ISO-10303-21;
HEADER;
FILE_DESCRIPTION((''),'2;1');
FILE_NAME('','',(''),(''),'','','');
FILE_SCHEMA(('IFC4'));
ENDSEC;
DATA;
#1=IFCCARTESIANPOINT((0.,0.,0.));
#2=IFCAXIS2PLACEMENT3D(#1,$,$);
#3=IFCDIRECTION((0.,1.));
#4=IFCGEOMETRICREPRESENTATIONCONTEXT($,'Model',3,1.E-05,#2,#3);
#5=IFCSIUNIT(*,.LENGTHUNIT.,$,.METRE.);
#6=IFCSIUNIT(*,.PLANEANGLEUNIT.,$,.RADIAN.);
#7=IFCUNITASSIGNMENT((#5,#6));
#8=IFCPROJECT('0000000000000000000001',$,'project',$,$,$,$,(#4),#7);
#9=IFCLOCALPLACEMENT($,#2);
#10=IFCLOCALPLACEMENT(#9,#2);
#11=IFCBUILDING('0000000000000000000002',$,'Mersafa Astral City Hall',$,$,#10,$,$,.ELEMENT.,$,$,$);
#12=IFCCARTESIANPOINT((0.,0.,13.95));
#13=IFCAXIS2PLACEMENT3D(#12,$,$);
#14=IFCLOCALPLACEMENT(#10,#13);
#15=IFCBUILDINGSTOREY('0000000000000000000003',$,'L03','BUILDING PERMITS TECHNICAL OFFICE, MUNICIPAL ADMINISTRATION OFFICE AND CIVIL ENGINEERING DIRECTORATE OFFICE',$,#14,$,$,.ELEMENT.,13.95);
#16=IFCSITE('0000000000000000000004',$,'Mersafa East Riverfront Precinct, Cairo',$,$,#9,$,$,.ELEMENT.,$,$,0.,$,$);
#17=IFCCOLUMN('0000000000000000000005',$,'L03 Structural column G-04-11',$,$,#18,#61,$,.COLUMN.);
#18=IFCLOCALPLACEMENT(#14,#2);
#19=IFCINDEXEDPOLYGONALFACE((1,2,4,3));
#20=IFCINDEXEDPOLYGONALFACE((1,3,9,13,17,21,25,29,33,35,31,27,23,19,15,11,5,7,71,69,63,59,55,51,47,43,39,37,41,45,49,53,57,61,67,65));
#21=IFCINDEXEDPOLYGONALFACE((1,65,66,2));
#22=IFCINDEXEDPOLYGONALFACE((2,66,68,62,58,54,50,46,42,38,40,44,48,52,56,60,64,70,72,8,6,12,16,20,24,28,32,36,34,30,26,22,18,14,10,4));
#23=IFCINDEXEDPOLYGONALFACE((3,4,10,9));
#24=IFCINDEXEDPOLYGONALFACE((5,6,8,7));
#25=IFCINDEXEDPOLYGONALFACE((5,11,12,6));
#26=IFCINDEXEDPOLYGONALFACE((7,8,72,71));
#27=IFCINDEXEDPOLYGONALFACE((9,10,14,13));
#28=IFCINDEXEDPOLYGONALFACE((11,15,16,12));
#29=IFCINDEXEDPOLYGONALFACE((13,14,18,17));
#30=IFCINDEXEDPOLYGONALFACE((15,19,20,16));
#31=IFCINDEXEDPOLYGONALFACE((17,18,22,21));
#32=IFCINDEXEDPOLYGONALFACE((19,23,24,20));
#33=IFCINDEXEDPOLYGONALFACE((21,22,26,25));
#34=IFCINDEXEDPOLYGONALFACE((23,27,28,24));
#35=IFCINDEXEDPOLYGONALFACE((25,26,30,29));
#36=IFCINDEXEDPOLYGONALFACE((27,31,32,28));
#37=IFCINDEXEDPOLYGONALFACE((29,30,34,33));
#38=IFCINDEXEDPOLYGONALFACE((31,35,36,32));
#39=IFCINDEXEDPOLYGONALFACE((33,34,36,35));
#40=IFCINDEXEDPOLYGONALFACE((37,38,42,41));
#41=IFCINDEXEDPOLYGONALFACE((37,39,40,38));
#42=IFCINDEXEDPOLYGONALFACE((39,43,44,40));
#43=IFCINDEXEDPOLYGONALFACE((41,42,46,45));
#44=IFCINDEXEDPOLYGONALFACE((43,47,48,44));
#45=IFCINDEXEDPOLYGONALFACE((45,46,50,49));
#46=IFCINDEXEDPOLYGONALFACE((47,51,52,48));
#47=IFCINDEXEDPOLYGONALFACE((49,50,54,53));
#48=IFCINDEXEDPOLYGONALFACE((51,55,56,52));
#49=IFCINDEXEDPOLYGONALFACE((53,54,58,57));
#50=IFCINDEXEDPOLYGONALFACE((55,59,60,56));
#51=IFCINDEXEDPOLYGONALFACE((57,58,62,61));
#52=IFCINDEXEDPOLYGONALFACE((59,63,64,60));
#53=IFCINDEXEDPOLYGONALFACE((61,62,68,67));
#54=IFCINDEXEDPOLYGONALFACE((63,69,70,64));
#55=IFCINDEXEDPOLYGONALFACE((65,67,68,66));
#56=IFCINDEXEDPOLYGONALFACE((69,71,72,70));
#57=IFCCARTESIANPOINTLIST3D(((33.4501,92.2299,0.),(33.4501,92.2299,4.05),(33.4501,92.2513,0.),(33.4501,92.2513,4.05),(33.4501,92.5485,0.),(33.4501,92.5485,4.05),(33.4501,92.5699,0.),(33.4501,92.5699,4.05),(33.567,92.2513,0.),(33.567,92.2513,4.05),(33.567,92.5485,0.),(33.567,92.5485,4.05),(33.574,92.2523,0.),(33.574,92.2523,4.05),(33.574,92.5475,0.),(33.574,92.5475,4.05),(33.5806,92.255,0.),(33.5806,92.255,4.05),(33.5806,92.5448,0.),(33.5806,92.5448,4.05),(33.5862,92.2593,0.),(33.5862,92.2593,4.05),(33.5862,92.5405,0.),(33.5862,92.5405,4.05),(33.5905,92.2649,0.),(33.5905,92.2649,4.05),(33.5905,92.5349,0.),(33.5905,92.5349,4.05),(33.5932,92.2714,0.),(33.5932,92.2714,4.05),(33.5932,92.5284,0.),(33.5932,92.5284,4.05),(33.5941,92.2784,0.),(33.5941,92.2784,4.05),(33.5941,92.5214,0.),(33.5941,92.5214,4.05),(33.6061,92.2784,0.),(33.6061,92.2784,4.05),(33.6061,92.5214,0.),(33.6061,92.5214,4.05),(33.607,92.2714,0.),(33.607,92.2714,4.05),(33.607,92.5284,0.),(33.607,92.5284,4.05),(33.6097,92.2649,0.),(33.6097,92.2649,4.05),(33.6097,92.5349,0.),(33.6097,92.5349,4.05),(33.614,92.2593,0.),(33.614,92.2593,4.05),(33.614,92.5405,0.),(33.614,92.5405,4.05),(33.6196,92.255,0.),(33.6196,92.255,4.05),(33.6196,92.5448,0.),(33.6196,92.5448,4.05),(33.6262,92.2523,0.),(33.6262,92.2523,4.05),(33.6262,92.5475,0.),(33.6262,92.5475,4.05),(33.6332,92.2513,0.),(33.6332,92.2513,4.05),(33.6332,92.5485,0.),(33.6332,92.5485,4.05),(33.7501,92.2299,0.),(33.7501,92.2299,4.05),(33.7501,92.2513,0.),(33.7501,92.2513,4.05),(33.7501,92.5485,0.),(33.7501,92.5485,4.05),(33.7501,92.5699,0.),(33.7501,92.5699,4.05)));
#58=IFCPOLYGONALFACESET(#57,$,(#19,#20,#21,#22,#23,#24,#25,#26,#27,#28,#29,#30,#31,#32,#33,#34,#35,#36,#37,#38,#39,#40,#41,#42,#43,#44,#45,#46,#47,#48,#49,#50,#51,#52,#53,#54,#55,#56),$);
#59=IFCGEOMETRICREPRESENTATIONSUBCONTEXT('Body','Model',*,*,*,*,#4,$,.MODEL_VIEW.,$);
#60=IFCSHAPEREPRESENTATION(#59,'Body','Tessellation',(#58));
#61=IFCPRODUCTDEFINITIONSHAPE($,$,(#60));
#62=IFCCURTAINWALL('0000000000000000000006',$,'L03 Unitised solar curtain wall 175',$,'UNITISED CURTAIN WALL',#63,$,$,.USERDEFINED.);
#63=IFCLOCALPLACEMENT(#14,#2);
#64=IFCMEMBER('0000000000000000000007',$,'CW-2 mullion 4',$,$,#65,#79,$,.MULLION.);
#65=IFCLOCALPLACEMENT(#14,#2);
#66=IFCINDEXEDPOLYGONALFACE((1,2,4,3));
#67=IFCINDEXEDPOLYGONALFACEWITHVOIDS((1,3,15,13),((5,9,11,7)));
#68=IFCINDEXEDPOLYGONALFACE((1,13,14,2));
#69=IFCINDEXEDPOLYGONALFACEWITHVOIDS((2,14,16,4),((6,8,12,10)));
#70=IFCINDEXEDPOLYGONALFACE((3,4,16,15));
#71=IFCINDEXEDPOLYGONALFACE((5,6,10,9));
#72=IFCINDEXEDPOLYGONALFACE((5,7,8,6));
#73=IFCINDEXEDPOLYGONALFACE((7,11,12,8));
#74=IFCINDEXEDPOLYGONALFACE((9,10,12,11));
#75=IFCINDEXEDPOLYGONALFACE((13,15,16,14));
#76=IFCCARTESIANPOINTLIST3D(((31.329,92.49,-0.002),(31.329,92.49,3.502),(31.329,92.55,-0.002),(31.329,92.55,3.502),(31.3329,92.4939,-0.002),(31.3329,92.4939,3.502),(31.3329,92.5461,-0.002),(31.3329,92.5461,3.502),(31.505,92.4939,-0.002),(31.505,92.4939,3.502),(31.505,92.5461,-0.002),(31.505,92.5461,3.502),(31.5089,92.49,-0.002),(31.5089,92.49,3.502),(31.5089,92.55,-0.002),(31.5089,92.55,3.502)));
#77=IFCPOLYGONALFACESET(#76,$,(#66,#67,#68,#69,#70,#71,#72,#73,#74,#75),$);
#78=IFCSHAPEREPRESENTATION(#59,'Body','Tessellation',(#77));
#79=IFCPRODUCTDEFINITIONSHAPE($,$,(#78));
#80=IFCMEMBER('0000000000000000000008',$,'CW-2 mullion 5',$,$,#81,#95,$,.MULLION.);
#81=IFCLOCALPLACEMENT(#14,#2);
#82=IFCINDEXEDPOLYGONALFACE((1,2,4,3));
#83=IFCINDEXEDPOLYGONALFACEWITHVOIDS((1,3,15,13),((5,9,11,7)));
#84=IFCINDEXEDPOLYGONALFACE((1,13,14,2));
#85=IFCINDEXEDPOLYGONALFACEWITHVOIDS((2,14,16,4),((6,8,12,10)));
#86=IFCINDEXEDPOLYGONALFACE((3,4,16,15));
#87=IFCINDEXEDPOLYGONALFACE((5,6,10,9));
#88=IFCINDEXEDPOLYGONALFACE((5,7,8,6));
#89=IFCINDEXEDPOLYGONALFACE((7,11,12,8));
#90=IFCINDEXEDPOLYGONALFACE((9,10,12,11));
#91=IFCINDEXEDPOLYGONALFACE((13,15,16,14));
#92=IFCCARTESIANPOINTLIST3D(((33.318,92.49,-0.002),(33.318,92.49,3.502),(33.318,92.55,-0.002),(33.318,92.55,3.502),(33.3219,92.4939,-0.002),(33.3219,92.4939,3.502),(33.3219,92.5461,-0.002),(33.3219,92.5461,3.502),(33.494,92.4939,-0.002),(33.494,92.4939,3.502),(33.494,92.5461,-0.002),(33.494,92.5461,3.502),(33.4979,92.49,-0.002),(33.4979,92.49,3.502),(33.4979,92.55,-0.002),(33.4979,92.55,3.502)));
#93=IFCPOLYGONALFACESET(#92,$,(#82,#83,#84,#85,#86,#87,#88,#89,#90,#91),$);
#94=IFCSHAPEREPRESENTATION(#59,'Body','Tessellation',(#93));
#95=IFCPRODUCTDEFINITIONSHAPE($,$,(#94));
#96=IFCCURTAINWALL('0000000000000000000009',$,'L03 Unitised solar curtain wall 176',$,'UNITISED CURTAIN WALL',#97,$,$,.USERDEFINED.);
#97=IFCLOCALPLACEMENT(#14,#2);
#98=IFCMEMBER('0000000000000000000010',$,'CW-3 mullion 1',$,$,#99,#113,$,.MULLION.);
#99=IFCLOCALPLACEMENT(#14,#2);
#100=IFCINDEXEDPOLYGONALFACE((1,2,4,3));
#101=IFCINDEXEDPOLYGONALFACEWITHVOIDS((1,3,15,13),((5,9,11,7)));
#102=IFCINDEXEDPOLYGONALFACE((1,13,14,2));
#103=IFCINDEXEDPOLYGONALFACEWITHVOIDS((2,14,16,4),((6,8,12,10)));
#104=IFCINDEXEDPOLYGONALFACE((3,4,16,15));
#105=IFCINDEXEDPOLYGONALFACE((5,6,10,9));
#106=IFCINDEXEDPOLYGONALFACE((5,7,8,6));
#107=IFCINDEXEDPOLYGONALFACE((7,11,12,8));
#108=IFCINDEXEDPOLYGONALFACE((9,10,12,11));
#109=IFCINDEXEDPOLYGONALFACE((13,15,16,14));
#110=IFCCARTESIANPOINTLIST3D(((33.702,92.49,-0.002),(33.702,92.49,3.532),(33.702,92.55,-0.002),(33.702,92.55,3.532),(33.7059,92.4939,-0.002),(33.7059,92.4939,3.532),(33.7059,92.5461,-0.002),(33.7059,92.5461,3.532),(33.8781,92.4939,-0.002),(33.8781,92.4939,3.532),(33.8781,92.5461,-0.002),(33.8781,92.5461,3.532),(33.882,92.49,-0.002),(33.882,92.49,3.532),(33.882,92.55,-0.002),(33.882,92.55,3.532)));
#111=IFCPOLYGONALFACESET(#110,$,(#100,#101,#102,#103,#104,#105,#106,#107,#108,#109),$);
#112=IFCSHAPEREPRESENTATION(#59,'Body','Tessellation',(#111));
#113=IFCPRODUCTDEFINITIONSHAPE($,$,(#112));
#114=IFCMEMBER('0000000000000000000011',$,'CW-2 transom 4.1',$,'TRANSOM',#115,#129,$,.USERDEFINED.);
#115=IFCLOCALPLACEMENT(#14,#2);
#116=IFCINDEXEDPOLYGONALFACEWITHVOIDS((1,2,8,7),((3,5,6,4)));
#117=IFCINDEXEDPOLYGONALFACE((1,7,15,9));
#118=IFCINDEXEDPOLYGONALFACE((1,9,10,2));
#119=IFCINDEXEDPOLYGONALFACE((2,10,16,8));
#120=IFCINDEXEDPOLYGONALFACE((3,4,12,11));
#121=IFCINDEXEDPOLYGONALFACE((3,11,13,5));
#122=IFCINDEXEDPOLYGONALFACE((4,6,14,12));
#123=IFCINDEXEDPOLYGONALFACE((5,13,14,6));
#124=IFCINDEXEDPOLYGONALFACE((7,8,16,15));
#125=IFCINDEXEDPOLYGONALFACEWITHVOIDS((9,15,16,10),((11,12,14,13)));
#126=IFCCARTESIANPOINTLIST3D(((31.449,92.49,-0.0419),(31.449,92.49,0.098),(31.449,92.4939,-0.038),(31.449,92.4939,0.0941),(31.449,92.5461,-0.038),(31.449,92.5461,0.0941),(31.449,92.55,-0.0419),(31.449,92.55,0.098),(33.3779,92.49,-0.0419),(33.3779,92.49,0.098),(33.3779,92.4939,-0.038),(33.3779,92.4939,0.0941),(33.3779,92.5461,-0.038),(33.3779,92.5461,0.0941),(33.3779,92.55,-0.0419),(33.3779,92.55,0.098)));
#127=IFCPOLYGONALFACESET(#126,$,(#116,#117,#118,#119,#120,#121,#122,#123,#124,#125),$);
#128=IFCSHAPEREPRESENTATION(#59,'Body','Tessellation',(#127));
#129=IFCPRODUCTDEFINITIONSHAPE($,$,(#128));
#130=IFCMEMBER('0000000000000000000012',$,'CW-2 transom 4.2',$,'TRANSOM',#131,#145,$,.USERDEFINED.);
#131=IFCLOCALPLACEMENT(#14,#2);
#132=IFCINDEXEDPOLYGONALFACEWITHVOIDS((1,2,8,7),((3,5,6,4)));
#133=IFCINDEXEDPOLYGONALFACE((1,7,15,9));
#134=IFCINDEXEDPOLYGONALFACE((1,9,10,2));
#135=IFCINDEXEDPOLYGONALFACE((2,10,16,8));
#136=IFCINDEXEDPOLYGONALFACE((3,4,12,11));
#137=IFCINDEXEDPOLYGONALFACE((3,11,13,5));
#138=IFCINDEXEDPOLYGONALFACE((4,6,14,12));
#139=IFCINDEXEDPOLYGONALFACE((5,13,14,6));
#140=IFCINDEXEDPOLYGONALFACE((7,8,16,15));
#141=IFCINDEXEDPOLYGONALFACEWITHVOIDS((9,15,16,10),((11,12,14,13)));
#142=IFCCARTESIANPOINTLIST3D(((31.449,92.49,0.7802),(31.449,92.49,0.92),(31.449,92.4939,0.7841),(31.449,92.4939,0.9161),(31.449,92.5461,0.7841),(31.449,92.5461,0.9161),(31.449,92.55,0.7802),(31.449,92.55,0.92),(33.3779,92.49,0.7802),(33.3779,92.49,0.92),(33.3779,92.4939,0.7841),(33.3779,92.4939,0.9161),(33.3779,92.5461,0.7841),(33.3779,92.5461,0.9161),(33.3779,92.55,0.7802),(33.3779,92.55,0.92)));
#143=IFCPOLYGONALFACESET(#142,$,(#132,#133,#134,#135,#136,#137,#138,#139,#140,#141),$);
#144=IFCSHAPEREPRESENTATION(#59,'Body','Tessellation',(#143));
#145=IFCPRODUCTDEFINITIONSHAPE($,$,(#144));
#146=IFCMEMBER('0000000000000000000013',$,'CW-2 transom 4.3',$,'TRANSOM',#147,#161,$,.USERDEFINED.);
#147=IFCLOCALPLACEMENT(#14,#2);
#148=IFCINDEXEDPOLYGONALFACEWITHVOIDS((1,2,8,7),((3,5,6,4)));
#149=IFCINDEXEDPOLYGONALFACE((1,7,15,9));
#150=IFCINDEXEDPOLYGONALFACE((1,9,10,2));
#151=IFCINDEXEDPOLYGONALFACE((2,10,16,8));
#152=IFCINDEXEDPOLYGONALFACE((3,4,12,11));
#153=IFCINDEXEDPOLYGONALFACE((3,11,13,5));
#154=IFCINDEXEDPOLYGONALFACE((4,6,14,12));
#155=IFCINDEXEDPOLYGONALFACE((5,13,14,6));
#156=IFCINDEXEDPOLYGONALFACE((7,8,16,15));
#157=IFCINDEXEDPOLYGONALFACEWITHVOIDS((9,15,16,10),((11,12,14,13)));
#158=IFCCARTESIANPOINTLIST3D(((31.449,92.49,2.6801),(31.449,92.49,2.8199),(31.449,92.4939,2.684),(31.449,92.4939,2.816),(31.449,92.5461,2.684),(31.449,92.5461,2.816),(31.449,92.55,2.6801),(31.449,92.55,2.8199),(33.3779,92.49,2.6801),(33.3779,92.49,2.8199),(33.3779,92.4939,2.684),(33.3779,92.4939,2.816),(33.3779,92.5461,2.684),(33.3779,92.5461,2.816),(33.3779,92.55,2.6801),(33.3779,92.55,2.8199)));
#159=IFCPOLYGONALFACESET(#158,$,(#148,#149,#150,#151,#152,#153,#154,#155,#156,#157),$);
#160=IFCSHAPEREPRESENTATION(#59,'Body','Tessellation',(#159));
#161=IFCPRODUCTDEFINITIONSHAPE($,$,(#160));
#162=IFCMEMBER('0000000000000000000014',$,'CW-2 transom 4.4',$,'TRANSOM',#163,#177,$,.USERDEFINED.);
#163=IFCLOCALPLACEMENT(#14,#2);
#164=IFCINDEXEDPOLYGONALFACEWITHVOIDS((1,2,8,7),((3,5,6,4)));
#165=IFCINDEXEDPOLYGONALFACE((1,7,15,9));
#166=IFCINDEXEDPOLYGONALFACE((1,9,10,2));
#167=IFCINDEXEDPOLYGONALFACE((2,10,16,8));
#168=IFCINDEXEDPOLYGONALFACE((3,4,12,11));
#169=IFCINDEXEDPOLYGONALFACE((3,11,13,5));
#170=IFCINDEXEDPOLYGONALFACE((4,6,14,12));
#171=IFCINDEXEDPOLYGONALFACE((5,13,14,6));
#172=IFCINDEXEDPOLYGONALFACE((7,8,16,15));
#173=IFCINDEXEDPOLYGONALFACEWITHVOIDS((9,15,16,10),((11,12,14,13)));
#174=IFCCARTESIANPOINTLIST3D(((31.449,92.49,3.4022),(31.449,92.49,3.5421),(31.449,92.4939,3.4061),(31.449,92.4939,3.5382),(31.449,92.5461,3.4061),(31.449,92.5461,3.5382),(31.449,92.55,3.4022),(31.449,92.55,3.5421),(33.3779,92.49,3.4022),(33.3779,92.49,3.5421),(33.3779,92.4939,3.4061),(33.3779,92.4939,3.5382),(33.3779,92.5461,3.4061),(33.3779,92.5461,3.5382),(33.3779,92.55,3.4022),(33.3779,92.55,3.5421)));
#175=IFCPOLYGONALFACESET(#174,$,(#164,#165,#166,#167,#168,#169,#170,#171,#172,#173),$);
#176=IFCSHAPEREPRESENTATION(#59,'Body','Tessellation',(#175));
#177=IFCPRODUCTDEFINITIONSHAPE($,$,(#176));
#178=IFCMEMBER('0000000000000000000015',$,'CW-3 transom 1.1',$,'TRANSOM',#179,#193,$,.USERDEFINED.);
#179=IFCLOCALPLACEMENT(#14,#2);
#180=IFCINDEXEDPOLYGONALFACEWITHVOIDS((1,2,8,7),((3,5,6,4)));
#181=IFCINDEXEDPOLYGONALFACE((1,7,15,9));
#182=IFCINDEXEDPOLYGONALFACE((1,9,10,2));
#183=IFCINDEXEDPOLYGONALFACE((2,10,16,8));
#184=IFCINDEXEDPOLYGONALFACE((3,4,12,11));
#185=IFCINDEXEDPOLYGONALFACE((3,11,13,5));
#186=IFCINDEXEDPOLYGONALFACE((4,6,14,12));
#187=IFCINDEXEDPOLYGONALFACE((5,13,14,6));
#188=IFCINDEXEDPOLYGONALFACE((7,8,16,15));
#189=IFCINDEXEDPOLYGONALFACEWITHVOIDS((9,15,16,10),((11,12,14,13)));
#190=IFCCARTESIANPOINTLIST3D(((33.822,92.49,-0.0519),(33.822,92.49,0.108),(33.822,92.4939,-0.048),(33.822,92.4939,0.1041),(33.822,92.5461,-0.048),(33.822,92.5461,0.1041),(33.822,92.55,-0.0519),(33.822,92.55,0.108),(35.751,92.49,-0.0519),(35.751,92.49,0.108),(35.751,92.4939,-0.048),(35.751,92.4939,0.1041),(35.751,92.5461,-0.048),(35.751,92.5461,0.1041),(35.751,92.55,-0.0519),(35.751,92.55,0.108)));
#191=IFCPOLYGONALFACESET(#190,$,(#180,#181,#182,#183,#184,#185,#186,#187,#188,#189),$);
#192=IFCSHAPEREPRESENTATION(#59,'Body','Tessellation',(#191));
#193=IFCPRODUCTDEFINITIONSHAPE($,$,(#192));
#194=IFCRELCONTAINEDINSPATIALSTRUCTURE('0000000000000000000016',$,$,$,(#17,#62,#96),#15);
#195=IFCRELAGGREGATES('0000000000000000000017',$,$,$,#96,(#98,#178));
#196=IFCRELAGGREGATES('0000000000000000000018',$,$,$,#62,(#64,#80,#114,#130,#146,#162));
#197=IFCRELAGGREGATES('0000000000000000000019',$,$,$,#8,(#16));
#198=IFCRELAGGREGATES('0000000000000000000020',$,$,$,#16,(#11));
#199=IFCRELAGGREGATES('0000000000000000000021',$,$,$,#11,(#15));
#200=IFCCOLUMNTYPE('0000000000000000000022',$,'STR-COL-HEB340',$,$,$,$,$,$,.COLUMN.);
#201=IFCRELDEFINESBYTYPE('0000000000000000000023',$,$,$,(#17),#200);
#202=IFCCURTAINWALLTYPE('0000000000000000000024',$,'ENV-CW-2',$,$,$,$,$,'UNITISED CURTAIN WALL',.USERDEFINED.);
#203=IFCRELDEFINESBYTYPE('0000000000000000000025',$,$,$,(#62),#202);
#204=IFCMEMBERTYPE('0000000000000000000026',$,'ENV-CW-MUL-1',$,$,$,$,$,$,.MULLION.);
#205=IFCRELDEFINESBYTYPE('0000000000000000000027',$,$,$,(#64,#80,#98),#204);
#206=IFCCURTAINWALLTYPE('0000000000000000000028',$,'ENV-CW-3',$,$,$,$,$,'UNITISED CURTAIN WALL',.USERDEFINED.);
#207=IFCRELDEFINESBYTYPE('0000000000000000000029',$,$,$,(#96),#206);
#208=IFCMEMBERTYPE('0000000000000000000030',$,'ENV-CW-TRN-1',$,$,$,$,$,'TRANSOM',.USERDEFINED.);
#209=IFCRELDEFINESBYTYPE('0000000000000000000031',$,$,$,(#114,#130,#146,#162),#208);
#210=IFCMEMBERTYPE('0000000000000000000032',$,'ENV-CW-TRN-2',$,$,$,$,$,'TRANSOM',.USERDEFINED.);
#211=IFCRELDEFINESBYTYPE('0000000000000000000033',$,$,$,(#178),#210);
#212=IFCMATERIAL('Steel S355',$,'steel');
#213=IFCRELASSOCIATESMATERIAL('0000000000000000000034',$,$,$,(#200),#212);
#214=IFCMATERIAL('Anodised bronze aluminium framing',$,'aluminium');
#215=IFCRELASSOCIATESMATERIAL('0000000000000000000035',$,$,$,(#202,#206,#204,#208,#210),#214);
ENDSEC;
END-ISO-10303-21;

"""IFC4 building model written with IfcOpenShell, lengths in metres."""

from ifc_helpers import new_model, si_unit, direction, frame, origin, origin_2d, place, context, subcontext, project, spatial, hollow_rectangle, i_section, extrude, material, material_profile, profile_set, type_object, element, aggregate, save


model = new_model("IFC4")

# Units and contexts
model_context = context("Model", 3, precision=1e-05, world=origin(), true_north=direction((0.0, 1.0)))
body_context = subcontext(model_context, "Body", "Model", "MODEL_VIEW")
ifc_project = project(units=[si_unit("LENGTHUNIT", "METRE"), si_unit("PLANEANGLEUNIT", "RADIAN")], contexts=[model_context])

# Site, building, storey
site_placement = place(None, origin())
site = spatial("IfcSite", under=ifc_project, at=site_placement, Name="Mersafa East Riverfront Precinct, Cairo", CompositionType="ELEMENT", RefElevation=0.0)
building_placement = place(site_placement, origin())
building = spatial("IfcBuilding", under=site, at=building_placement, Name="Mersafa Astral City Hall", CompositionType="ELEMENT")
storey_placement = place(building_placement, frame((0.0, 0.0, 13.95)))
storey = spatial("IfcBuildingStorey", under=building, at=storey_placement, Name="L03", Description="BUILDING PERMITS TECHNICAL OFFICE, MUNICIPAL ADMINISTRATION OFFICE AND CIVIL ENGINEERING DIRECTORATE OFFICE", CompositionType="ELEMENT", Elevation=13.95)

# Column
ifc_material_1 = material(Name="Steel S355", Category="steel")
ifc_material_profile_1 = material_profile(ifc_material_1, i_section(OverallWidth=0.3, OverallDepth=0.3401, WebThickness=0.012, FlangeThickness=0.0215, FilletRadius=0.0271, at=origin_2d()), Name="HEB 340")
ifc_profile_set_1 = profile_set([ifc_material_profile_1], Name="Steel S355")
column_type = type_object("IfcColumnType", Name="STR-COL-HEB340", PredefinedType="COLUMN", material=ifc_profile_set_1)
column_placement = place(storey_placement, frame((33.6001, 92.3999, 0.0), z_axis=(0.0, 0.0, 1.0), x_axis=(1.0, 0.0, 0.0)))
element("IfcColumn", 1, at=column_placement, inside=storey, type_object=column_type, Name="L03 Structural column G-04-11", PredefinedType="COLUMN", context=body_context, shape_type="SweptSolid", body=[
    extrude(i_section(OverallWidth=0.3, OverallDepth=0.3401, WebThickness=0.012, FlangeThickness=0.0215, FilletRadius=0.0271, at=origin_2d()), origin(), (0.0, 0.0, 1.0), 4.05),
])

# Curtain wall, members
ifc_material_2 = material(Name="Anodised bronze aluminium framing", Category="aluminium")
curtain_wall_type_1 = type_object("IfcCurtainWallType", Name="ENV-CW-2", ElementType="UNITISED CURTAIN WALL", PredefinedType="USERDEFINED", material=ifc_material_2)
curtain_wall_1_placement = place(storey_placement, origin())
curtain_wall_1 = element("IfcCurtainWall", 2, at=curtain_wall_1_placement, inside=storey, type_object=curtain_wall_type_1, Name="L03 Unitised solar curtain wall 175", ObjectType="UNITISED CURTAIN WALL", PredefinedType="USERDEFINED")
ifc_material_profile_2 = material_profile(ifc_material_2, hollow_rectangle(XDim=0.0601, YDim=0.1799, WallThickness=0.0039, at=origin_2d()), Name="RHS 60x180x4")
ifc_profile_set_2 = profile_set([ifc_material_profile_2], Name="Anodised bronze aluminium framing")
member_type_1 = type_object("IfcMemberType", Name="ENV-CW-MUL-1", PredefinedType="MULLION", material=ifc_profile_set_2)
member_1_placement = place(storey_placement, frame((31.4189, 92.52, -0.002), z_axis=(0.0, 0.0, 1.0), x_axis=(0.0, 1.0, 0.0)))
member_1 = element("IfcMember", 3, at=member_1_placement, type_object=member_type_1, Name="CW-2 mullion 4", PredefinedType="MULLION", context=body_context, shape_type="SweptSolid", body=[
    extrude(hollow_rectangle(XDim=0.0601, YDim=0.1799, WallThickness=0.0039, at=origin_2d()), origin(), (0.0, 0.0, 1.0), 3.5039),
])
member_2_placement = place(storey_placement, frame((33.408, 92.52, -0.002), z_axis=(0.0, 0.0, 1.0), x_axis=(0.0, 1.0, 0.0)))
member_2 = element("IfcMember", 4, at=member_2_placement, type_object=member_type_1, Name="CW-2 mullion 5", PredefinedType="MULLION", context=body_context, shape_type="SweptSolid", body=[
    extrude(hollow_rectangle(XDim=0.0601, YDim=0.1799, WallThickness=0.0039, at=origin_2d()), origin(), (0.0, 0.0, 1.0), 3.5039),
])

# Curtain wall, member
curtain_wall_type_2 = type_object("IfcCurtainWallType", Name="ENV-CW-3", ElementType="UNITISED CURTAIN WALL", PredefinedType="USERDEFINED", material=ifc_material_2)
curtain_wall_2_placement = place(storey_placement, origin())
curtain_wall_2 = element("IfcCurtainWall", 5, at=curtain_wall_2_placement, inside=storey, type_object=curtain_wall_type_2, Name="L03 Unitised solar curtain wall 176", ObjectType="UNITISED CURTAIN WALL", PredefinedType="USERDEFINED")
member_3_placement = place(storey_placement, frame((33.792, 92.52, -0.002), z_axis=(0.0, 0.0, 1.0), x_axis=(0.0, 1.0, 0.0)))
member_3 = element("IfcMember", 6, at=member_3_placement, type_object=member_type_1, Name="CW-3 mullion 1", PredefinedType="MULLION", context=body_context, shape_type="SweptSolid", body=[
    extrude(hollow_rectangle(XDim=0.0601, YDim=0.1799, WallThickness=0.0039, at=origin_2d()), origin(), (0.0, 0.0, 1.0), 3.5339),
])

# Members
ifc_material_profile_3 = material_profile(ifc_material_2, hollow_rectangle(XDim=0.0601, YDim=0.1399, WallThickness=0.0039, at=origin_2d()), Name="RHS 60x140x4")
ifc_profile_set_3 = profile_set([ifc_material_profile_3], Name="Anodised bronze aluminium framing")
member_type_2 = type_object("IfcMemberType", Name="ENV-CW-TRN-1", ElementType="TRANSOM", PredefinedType="USERDEFINED", material=ifc_profile_set_3)
member_4_placement = place(storey_placement, frame((31.449, 92.52, 0.0281), z_axis=(1.0, 0.0, 0.0), x_axis=(0.0, 1.0, 0.0)))
member_4 = element("IfcMember", 7, at=member_4_placement, type_object=member_type_2, Name="CW-2 transom 4.1", ObjectType="TRANSOM", PredefinedType="USERDEFINED", context=body_context, shape_type="SweptSolid", body=[
    extrude(hollow_rectangle(XDim=0.0601, YDim=0.1399, WallThickness=0.0039, at=origin_2d()), origin(), (0.0, 0.0, 1.0), 1.929),
])
member_5_placement = place(storey_placement, frame((31.449, 92.52, 0.8501), z_axis=(1.0, 0.0, 0.0), x_axis=(0.0, 1.0, 0.0)))
member_5 = element("IfcMember", 8, at=member_5_placement, type_object=member_type_2, Name="CW-2 transom 4.2", ObjectType="TRANSOM", PredefinedType="USERDEFINED", context=body_context, shape_type="SweptSolid", body=[
    extrude(hollow_rectangle(XDim=0.0601, YDim=0.1399, WallThickness=0.0039, at=origin_2d()), origin(), (0.0, 0.0, 1.0), 1.929),
])
member_6_placement = place(storey_placement, frame((31.449, 92.52, 2.75), z_axis=(1.0, 0.0, 0.0), x_axis=(0.0, 1.0, 0.0)))
member_6 = element("IfcMember", 9, at=member_6_placement, type_object=member_type_2, Name="CW-2 transom 4.3", ObjectType="TRANSOM", PredefinedType="USERDEFINED", context=body_context, shape_type="SweptSolid", body=[
    extrude(hollow_rectangle(XDim=0.0601, YDim=0.1399, WallThickness=0.0039, at=origin_2d()), origin(), (0.0, 0.0, 1.0), 1.929),
])
member_7_placement = place(storey_placement, frame((31.449, 92.52, 3.4722), z_axis=(1.0, 0.0, 0.0), x_axis=(0.0, 1.0, 0.0)))
member_7 = element("IfcMember", 10, at=member_7_placement, type_object=member_type_2, Name="CW-2 transom 4.4", ObjectType="TRANSOM", PredefinedType="USERDEFINED", context=body_context, shape_type="SweptSolid", body=[
    extrude(hollow_rectangle(XDim=0.0601, YDim=0.1399, WallThickness=0.0039, at=origin_2d()), origin(), (0.0, 0.0, 1.0), 1.929),
])
ifc_material_profile_4 = material_profile(ifc_material_2, hollow_rectangle(XDim=0.0601, YDim=0.1599, WallThickness=0.0039, at=origin_2d()), Name="RHS 60x160x4")
ifc_profile_set_4 = profile_set([ifc_material_profile_4], Name="Anodised bronze aluminium framing")
member_type_3 = type_object("IfcMemberType", Name="ENV-CW-TRN-2", ElementType="TRANSOM", PredefinedType="USERDEFINED", material=ifc_profile_set_4)
member_8_placement = place(storey_placement, frame((33.822, 92.52, 0.0281), z_axis=(1.0, 0.0, 0.0), x_axis=(0.0, 1.0, 0.0)))
member_8 = element("IfcMember", 11, at=member_8_placement, type_object=member_type_3, Name="CW-3 transom 1.1", ObjectType="TRANSOM", PredefinedType="USERDEFINED", context=body_context, shape_type="SweptSolid", body=[
    extrude(hollow_rectangle(XDim=0.0601, YDim=0.1599, WallThickness=0.0039, at=origin_2d()), origin(), (0.0, 0.0, 1.0), 1.929),
])
aggregate(curtain_wall_2, [member_3, member_8])

aggregate(curtain_wall_1, [member_1, member_2, member_4, member_5, member_6, member_7])

save(model, "model.ifc")
